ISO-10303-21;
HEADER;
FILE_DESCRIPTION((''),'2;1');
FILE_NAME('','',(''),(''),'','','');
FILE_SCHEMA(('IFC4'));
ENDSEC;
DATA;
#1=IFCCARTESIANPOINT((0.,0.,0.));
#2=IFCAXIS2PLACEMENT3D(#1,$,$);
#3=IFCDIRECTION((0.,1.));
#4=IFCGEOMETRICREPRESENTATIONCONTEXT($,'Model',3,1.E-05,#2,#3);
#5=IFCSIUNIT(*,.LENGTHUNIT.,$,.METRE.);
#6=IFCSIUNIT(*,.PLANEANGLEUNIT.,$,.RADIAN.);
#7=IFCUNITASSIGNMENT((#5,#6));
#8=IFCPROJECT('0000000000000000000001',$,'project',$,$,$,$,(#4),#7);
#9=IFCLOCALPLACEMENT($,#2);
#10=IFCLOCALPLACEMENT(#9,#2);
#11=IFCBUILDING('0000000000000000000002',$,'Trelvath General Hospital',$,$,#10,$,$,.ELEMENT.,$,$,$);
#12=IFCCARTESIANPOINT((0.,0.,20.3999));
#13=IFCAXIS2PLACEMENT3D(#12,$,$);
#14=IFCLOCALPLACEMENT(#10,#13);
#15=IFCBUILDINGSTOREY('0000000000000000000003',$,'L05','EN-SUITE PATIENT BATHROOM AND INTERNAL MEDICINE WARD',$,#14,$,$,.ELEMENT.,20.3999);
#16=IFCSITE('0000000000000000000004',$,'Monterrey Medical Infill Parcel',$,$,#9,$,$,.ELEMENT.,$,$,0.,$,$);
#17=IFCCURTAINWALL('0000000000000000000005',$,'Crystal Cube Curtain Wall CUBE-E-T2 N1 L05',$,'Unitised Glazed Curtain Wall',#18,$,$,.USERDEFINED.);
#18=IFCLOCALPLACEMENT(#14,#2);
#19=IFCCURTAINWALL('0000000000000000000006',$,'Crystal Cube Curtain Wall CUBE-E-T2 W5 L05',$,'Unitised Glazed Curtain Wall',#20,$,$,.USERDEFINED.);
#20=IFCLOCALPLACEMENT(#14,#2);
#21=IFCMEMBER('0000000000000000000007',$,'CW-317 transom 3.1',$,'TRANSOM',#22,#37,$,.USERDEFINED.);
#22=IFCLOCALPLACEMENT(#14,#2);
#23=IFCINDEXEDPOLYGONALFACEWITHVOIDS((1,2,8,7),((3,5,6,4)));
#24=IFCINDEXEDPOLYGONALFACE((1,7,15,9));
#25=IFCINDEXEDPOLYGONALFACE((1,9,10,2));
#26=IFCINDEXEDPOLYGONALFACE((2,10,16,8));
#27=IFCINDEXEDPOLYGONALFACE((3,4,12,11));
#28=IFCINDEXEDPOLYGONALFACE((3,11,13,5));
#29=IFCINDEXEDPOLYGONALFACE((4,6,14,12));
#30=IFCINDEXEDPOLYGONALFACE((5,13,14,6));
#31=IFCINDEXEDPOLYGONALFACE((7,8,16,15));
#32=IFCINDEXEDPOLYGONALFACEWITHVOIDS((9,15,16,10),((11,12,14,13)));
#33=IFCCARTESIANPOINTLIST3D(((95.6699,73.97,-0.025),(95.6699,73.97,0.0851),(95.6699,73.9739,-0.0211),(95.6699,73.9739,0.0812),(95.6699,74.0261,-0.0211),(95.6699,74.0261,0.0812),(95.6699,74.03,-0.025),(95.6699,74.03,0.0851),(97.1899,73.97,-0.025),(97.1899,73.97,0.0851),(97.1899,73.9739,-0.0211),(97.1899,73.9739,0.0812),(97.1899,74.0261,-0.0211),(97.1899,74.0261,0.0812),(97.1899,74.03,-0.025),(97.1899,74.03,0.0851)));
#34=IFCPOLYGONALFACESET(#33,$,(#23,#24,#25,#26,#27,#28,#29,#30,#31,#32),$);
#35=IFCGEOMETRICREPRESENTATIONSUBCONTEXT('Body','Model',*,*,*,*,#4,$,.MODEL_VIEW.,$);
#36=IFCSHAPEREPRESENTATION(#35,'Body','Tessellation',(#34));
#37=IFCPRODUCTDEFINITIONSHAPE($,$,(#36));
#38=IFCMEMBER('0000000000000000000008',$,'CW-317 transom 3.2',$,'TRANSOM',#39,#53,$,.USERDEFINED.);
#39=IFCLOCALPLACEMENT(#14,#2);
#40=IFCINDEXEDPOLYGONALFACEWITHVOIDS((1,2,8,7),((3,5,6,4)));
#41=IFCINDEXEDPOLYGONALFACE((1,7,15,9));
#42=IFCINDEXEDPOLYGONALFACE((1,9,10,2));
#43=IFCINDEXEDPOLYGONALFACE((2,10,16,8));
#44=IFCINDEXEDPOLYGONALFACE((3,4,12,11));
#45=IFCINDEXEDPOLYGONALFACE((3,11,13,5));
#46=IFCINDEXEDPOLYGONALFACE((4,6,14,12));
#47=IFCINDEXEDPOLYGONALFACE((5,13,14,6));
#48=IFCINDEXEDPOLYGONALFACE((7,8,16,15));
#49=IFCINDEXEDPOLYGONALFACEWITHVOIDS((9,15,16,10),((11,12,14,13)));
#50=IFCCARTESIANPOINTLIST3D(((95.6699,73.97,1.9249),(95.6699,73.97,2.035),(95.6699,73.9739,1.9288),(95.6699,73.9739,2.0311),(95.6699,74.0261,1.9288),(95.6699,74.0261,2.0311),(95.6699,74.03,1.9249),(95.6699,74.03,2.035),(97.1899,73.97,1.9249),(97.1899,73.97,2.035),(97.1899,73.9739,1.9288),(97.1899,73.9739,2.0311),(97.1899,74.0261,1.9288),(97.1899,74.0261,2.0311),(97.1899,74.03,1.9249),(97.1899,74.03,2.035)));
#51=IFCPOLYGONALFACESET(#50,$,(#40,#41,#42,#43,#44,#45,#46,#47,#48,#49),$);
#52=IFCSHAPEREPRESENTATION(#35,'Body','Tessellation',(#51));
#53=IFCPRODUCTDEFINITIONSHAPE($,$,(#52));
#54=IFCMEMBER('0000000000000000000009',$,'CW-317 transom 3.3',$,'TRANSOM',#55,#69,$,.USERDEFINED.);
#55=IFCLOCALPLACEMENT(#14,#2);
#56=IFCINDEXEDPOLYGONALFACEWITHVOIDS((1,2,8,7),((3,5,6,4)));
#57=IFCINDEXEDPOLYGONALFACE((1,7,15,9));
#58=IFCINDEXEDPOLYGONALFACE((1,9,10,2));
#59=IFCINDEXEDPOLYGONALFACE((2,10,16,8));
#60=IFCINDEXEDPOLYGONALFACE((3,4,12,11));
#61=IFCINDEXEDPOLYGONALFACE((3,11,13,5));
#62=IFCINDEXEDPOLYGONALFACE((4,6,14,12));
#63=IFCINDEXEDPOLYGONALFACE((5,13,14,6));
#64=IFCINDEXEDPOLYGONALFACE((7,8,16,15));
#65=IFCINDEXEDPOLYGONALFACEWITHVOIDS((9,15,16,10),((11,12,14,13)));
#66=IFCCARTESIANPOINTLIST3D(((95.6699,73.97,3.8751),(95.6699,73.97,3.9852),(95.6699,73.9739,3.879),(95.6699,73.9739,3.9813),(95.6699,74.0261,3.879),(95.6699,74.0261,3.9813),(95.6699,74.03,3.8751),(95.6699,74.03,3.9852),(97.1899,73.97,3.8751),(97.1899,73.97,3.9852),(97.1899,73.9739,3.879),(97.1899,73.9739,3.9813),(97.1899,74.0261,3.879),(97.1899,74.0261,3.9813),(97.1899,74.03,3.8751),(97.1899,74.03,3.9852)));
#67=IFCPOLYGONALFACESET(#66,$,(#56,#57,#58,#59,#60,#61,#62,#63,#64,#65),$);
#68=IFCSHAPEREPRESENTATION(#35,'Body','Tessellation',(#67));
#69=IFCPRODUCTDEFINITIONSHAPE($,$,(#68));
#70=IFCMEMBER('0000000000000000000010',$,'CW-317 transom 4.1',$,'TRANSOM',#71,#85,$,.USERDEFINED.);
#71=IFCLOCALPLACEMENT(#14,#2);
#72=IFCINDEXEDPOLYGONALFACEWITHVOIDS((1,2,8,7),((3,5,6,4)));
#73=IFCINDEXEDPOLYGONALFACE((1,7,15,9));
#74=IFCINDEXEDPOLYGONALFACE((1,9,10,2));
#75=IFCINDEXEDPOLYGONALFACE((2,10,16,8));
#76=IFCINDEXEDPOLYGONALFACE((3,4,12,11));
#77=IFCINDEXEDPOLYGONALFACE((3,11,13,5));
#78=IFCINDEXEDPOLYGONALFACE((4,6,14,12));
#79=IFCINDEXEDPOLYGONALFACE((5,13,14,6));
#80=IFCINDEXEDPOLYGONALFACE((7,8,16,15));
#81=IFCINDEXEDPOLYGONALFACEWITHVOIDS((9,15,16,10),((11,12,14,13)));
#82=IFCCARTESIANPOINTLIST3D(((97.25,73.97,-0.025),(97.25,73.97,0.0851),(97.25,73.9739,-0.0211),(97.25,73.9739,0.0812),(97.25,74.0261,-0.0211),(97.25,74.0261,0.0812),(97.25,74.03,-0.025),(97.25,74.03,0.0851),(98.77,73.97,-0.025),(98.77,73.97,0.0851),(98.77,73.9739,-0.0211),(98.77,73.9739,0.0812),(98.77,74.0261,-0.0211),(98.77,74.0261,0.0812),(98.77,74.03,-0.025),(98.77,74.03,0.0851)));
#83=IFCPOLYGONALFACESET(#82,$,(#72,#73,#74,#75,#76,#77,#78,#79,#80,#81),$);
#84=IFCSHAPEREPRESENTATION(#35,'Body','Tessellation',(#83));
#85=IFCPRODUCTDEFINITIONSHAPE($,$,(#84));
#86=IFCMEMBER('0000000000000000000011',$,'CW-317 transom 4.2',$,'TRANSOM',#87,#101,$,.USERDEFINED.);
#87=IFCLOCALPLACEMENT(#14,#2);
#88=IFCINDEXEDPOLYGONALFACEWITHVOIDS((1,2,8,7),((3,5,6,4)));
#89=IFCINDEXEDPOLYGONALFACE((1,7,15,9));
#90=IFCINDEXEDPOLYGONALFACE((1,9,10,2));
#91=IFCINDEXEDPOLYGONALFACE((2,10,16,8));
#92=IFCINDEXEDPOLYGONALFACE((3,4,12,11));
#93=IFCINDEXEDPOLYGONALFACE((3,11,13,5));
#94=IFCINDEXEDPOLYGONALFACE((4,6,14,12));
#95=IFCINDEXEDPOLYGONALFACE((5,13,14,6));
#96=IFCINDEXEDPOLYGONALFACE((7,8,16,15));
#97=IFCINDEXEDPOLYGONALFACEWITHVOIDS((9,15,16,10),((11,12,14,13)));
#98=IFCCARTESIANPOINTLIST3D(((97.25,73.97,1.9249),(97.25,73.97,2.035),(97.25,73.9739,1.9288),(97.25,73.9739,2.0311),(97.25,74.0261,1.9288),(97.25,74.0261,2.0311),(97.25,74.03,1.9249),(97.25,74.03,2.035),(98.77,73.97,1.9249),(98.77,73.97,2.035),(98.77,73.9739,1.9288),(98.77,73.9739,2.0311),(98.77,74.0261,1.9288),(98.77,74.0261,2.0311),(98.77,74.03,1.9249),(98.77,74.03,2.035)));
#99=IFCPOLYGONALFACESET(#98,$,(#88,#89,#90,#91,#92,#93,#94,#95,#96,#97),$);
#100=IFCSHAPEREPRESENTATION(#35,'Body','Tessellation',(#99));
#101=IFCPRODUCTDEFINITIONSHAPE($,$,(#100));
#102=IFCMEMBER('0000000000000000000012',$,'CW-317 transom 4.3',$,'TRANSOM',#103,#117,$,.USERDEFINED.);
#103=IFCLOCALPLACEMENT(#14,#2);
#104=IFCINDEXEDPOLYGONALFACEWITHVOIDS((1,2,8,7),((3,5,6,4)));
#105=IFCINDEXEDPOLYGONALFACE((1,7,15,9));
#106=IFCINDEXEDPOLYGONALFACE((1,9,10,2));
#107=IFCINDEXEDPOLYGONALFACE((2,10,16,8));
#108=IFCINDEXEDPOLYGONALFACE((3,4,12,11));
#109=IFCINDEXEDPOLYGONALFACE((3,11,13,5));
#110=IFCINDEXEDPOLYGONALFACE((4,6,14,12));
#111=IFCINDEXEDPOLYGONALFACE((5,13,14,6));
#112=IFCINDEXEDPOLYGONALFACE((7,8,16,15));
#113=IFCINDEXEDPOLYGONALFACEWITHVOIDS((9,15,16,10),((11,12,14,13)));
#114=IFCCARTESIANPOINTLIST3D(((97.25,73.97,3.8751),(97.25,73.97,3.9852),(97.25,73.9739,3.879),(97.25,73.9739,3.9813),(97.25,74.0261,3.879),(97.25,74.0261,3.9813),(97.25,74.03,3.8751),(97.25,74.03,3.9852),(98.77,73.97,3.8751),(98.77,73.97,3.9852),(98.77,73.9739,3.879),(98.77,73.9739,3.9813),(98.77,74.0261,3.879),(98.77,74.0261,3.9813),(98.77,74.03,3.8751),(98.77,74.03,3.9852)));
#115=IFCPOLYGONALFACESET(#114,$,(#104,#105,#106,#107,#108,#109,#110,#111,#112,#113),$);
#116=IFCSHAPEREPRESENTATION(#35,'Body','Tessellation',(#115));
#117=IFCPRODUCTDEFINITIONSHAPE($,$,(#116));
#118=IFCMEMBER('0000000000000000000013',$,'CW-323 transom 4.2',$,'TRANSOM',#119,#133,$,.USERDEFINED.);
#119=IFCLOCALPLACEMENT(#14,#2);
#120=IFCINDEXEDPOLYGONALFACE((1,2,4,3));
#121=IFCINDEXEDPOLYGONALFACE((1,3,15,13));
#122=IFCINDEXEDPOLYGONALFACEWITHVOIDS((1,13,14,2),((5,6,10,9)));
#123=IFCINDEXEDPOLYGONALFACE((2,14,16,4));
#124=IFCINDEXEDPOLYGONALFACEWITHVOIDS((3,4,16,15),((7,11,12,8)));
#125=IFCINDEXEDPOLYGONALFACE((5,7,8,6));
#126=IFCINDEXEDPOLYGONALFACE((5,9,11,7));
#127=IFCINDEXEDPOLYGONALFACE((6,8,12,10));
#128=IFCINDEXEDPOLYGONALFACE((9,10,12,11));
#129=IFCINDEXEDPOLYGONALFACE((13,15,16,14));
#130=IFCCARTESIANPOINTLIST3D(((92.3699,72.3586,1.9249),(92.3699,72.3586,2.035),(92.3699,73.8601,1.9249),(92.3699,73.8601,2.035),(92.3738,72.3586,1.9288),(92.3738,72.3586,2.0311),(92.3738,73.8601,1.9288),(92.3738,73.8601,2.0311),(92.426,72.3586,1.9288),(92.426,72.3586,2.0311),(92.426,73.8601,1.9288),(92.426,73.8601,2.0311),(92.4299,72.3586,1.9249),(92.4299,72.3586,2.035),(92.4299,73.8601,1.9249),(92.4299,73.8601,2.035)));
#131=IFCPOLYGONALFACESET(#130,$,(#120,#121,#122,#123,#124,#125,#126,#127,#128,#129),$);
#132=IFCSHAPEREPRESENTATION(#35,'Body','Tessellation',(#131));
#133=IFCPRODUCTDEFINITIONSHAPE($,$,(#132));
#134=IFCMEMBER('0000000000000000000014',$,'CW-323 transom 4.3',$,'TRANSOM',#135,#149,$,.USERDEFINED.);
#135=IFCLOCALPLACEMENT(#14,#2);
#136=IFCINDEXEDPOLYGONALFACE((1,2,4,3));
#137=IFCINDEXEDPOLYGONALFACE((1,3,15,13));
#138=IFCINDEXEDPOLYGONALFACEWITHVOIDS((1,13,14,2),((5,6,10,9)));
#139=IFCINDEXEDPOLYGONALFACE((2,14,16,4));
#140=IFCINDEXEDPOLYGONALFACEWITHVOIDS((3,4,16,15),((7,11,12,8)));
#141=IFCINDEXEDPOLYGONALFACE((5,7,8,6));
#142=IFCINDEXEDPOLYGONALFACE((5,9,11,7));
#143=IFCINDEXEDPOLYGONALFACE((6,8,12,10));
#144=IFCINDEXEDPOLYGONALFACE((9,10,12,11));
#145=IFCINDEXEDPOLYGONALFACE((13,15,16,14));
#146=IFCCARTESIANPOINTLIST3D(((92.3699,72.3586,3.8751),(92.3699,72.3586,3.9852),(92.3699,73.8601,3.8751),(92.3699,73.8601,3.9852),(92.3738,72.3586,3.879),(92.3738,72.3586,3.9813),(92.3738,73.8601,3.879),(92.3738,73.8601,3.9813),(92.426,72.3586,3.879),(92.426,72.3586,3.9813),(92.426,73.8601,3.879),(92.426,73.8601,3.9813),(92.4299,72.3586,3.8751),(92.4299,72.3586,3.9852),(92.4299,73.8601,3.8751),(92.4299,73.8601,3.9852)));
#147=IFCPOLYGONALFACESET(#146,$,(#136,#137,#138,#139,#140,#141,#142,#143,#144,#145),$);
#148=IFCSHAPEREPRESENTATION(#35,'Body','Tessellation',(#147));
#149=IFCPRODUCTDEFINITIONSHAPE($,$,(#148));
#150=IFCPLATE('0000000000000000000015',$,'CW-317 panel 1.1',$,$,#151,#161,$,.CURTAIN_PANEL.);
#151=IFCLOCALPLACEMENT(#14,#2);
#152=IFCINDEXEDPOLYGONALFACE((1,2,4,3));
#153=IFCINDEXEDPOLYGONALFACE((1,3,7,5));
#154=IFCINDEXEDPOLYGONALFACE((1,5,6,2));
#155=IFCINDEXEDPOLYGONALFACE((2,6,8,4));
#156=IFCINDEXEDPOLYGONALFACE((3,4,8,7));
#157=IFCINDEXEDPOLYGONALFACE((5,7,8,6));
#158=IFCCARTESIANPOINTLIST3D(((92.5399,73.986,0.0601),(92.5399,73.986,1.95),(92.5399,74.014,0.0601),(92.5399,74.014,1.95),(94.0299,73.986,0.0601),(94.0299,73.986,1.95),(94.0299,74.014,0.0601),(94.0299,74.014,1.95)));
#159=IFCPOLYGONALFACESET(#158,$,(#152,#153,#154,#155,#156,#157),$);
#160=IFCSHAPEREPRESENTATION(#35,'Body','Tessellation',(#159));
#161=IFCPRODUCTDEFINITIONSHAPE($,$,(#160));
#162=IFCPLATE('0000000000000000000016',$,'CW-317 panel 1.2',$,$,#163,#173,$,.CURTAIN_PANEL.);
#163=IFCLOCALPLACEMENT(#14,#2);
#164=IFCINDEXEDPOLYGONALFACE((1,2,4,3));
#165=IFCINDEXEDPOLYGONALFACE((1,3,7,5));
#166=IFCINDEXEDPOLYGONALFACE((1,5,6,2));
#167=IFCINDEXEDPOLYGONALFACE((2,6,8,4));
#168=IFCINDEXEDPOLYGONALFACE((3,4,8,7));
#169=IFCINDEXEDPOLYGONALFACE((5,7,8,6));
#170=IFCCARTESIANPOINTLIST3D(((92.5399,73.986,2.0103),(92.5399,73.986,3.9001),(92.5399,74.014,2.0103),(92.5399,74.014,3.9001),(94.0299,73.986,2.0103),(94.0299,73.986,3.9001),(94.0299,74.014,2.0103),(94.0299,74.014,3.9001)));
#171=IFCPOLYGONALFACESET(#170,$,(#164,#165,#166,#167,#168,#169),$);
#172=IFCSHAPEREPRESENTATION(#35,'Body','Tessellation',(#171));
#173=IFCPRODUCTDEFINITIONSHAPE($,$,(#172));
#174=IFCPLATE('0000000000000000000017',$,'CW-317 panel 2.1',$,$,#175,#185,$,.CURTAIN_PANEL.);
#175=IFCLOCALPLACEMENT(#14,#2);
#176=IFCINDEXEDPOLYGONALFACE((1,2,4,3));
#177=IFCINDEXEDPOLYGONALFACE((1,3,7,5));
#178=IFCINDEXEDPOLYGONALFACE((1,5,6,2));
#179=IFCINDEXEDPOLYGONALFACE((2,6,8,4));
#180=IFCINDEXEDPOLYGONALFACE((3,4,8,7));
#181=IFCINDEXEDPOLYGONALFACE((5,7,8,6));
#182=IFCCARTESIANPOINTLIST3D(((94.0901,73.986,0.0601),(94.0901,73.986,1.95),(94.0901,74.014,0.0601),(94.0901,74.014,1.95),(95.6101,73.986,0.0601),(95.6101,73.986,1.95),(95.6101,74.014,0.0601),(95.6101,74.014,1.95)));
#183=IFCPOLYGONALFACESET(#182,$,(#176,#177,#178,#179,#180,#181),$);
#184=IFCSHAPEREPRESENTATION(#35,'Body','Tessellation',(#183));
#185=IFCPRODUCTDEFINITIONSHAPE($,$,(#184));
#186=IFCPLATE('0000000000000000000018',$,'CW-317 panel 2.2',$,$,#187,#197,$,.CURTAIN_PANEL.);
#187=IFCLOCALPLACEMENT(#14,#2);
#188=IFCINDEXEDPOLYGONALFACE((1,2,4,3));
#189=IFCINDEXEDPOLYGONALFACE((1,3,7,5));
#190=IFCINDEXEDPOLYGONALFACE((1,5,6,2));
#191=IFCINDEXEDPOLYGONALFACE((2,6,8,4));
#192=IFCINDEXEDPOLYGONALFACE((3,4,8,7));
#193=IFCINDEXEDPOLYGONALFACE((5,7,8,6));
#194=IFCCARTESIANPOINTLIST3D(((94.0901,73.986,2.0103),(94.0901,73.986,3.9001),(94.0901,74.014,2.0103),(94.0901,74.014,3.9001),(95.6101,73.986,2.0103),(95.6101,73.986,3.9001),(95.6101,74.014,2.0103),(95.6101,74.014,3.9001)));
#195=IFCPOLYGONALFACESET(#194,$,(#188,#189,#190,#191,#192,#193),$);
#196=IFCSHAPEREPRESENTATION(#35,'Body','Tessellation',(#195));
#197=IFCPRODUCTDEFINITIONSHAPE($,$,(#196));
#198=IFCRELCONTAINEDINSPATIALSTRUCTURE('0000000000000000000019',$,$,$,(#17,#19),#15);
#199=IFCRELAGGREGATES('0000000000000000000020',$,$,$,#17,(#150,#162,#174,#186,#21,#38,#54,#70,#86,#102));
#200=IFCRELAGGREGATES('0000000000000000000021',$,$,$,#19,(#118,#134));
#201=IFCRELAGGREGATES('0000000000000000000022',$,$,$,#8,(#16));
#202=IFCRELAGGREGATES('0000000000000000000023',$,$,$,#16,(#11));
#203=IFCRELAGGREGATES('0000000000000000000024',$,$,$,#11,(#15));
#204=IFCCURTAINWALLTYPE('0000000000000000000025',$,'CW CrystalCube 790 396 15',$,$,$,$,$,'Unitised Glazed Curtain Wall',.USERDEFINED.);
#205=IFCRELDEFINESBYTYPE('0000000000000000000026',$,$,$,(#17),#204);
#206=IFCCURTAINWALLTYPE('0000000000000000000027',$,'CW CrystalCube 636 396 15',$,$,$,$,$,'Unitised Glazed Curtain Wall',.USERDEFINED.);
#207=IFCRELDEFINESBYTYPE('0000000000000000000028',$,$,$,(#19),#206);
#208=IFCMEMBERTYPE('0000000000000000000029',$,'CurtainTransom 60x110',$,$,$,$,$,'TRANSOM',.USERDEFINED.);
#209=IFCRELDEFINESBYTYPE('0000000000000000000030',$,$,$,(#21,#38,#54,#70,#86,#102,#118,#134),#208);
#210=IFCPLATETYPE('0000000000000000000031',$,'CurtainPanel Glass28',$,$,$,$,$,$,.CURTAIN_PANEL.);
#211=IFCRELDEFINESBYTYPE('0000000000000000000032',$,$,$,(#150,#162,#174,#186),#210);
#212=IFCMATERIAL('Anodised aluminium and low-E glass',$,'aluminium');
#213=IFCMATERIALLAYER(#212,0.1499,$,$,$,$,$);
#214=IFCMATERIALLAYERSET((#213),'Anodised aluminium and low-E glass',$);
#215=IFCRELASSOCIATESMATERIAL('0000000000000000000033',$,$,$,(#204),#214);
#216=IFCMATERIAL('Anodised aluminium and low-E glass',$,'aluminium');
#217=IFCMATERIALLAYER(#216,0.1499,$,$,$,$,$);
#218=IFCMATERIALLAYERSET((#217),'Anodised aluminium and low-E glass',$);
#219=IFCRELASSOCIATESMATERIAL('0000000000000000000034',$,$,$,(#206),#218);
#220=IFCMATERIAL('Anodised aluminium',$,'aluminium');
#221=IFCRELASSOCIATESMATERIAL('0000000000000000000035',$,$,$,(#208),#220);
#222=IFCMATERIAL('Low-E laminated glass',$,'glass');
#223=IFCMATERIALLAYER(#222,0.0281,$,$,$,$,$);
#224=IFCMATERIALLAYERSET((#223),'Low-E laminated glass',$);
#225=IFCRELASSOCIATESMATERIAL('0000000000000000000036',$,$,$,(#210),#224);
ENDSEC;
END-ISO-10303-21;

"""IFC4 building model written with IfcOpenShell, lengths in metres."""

from ifc_helpers import new_model, si_unit, direction, frame, origin, origin_2d, place, context, subcontext, project, spatial, rectangle, hollow_rectangle, extrude, material, layer, layer_set, material_profile, profile_set, type_object, element, aggregate, save


model = new_model("IFC4")

# Units and contexts
model_context = context("Model", 3, precision=1e-05, world=origin(), true_north=direction((0.0, 1.0)))
body_context = subcontext(model_context, "Body", "Model", "MODEL_VIEW")
ifc_project = project(units=[si_unit("LENGTHUNIT", "METRE"), si_unit("PLANEANGLEUNIT", "RADIAN")], contexts=[model_context])

# Site, building, storey
site_placement = place(None, origin())
site = spatial("IfcSite", under=ifc_project, at=site_placement, Name="Monterrey Medical Infill Parcel", CompositionType="ELEMENT", RefElevation=0.0)
building_placement = place(site_placement, origin())
building = spatial("IfcBuilding", under=site, at=building_placement, Name="Trelvath General Hospital", CompositionType="ELEMENT")
storey_placement = place(building_placement, frame((0.0, 0.0, 20.3999)))
storey = spatial("IfcBuildingStorey", under=building, at=storey_placement, Name="L05", Description="EN-SUITE PATIENT BATHROOM AND INTERNAL MEDICINE WARD", CompositionType="ELEMENT", Elevation=20.3999)

# Curtain wall
ifc_material_1 = material(Name="Anodised aluminium and low-E glass", Category="aluminium")
ifc_layer_1 = layer(ifc_material_1, 0.1499)
ifc_layer_set_1 = layer_set([ifc_layer_1], Name="Anodised aluminium and low-E glass")
curtain_wall_type_1 = type_object("IfcCurtainWallType", Name="CW CrystalCube 790 396 15", ElementType="Unitised Glazed Curtain Wall", PredefinedType="USERDEFINED", material=ifc_layer_set_1)
curtain_wall_1_placement = place(storey_placement, origin())
curtain_wall_1 = element("IfcCurtainWall", 1, at=curtain_wall_1_placement, inside=storey, type_object=curtain_wall_type_1, Name="Crystal Cube Curtain Wall CUBE-E-T2 N1 L05", ObjectType="Unitised Glazed Curtain Wall", PredefinedType="USERDEFINED")

# Curtain wall
ifc_material_2 = material(Name="Anodised aluminium and low-E glass", Category="aluminium")
ifc_layer_2 = layer(ifc_material_2, 0.1499)
ifc_layer_set_2 = layer_set([ifc_layer_2], Name="Anodised aluminium and low-E glass")
curtain_wall_type_2 = type_object("IfcCurtainWallType", Name="CW CrystalCube 636 396 15", ElementType="Unitised Glazed Curtain Wall", PredefinedType="USERDEFINED", material=ifc_layer_set_2)
curtain_wall_2_placement = place(storey_placement, origin())
curtain_wall_2 = element("IfcCurtainWall", 2, at=curtain_wall_2_placement, inside=storey, type_object=curtain_wall_type_2, Name="Crystal Cube Curtain Wall CUBE-E-T2 W5 L05", ObjectType="Unitised Glazed Curtain Wall", PredefinedType="USERDEFINED")

# Members
ifc_material_3 = material(Name="Anodised aluminium", Category="aluminium")
ifc_material_profile_1 = material_profile(ifc_material_3, hollow_rectangle(XDim=0.0601, YDim=0.1101, WallThickness=0.0039, at=origin_2d()), Name="RHS60x110x4")
ifc_profile_set_1 = profile_set([ifc_material_profile_1], Name="Anodised aluminium")
member_type_1 = type_object("IfcMemberType", Name="CurtainTransom 60x110", ElementType="TRANSOM", PredefinedType="USERDEFINED", material=ifc_profile_set_1)
member_1_placement = place(storey_placement, frame((95.6699, 74.0, 0.03), z_axis=(1.0, 0.0, 0.0), x_axis=(0.0, 1.0, 0.0)))
member_1 = element("IfcMember", 3, at=member_1_placement, type_object=member_type_1, Name="CW-317 transom 3.1", ObjectType="TRANSOM", PredefinedType="USERDEFINED", context=body_context, shape_type="SweptSolid", body=[
    extrude(hollow_rectangle(XDim=0.0601, YDim=0.1101, WallThickness=0.0039, at=origin_2d()), origin(), (0.0, 0.0, 1.0), 1.52),
])
member_2_placement = place(storey_placement, frame((95.6699, 74.0, 1.98), z_axis=(1.0, 0.0, 0.0), x_axis=(0.0, 1.0, 0.0)))
member_2 = element("IfcMember", 4, at=member_2_placement, type_object=member_type_1, Name="CW-317 transom 3.2", ObjectType="TRANSOM", PredefinedType="USERDEFINED", context=body_context, shape_type="SweptSolid", body=[
    extrude(hollow_rectangle(XDim=0.0601, YDim=0.1101, WallThickness=0.0039, at=origin_2d()), origin(), (0.0, 0.0, 1.0), 1.52),
])
member_3_placement = place(storey_placement, frame((95.6699, 74.0, 3.9302), z_axis=(1.0, 0.0, 0.0), x_axis=(0.0, 1.0, 0.0)))
member_3 = element("IfcMember", 5, at=member_3_placement, type_object=member_type_1, Name="CW-317 transom 3.3", ObjectType="TRANSOM", PredefinedType="USERDEFINED", context=body_context, shape_type="SweptSolid", body=[
    extrude(hollow_rectangle(XDim=0.0601, YDim=0.1101, WallThickness=0.0039, at=origin_2d()), origin(), (0.0, 0.0, 1.0), 1.52),
])
member_4_placement = place(storey_placement, frame((97.25, 74.0, 0.03), z_axis=(1.0, 0.0, 0.0), x_axis=(0.0, 1.0, 0.0)))
member_4 = element("IfcMember", 6, at=member_4_placement, type_object=member_type_1, Name="CW-317 transom 4.1", ObjectType="TRANSOM", PredefinedType="USERDEFINED", context=body_context, shape_type="SweptSolid", body=[
    extrude(hollow_rectangle(XDim=0.0601, YDim=0.1101, WallThickness=0.0039, at=origin_2d()), origin(), (0.0, 0.0, 1.0), 1.52),
])
member_5_placement = place(storey_placement, frame((97.25, 74.0, 1.98), z_axis=(1.0, 0.0, 0.0), x_axis=(0.0, 1.0, 0.0)))
member_5 = element("IfcMember", 7, at=member_5_placement, type_object=member_type_1, Name="CW-317 transom 4.2", ObjectType="TRANSOM", PredefinedType="USERDEFINED", context=body_context, shape_type="SweptSolid", body=[
    extrude(hollow_rectangle(XDim=0.0601, YDim=0.1101, WallThickness=0.0039, at=origin_2d()), origin(), (0.0, 0.0, 1.0), 1.52),
])
member_6_placement = place(storey_placement, frame((97.25, 74.0, 3.9302), z_axis=(1.0, 0.0, 0.0), x_axis=(0.0, 1.0, 0.0)))
member_6 = element("IfcMember", 8, at=member_6_placement, type_object=member_type_1, Name="CW-317 transom 4.3", ObjectType="TRANSOM", PredefinedType="USERDEFINED", context=body_context, shape_type="SweptSolid", body=[
    extrude(hollow_rectangle(XDim=0.0601, YDim=0.1101, WallThickness=0.0039, at=origin_2d()), origin(), (0.0, 0.0, 1.0), 1.52),
])
member_7_placement = place(storey_placement, frame((92.3999, 72.3586, 1.98), z_axis=(0.0, 1.0, 0.0), x_axis=(-1.0, 0.0, 0.0)))
member_7 = element("IfcMember", 9, at=member_7_placement, type_object=member_type_1, Name="CW-323 transom 4.2", ObjectType="TRANSOM", PredefinedType="USERDEFINED", context=body_context, shape_type="SweptSolid", body=[
    extrude(hollow_rectangle(XDim=0.0601, YDim=0.1101, WallThickness=0.0039, at=origin_2d()), origin(), (0.0, 0.0, 1.0), 1.5015),
])
member_8_placement = place(storey_placement, frame((92.3999, 72.3586, 3.9302), z_axis=(0.0, 1.0, 0.0), x_axis=(-1.0, 0.0, 0.0)))
member_8 = element("IfcMember", 10, at=member_8_placement, type_object=member_type_1, Name="CW-323 transom 4.3", ObjectType="TRANSOM", PredefinedType="USERDEFINED", context=body_context, shape_type="SweptSolid", body=[
    extrude(hollow_rectangle(XDim=0.0601, YDim=0.1101, WallThickness=0.0039, at=origin_2d()), origin(), (0.0, 0.0, 1.0), 1.5015),
])

# Plates
ifc_material_4 = material(Name="Low-E laminated glass", Category="glass")
ifc_layer_3 = layer(ifc_material_4, 0.0281)
ifc_layer_set_3 = layer_set([ifc_layer_3], Name="Low-E laminated glass")
plate_type = type_object("IfcPlateType", Name="CurtainPanel Glass28", PredefinedType="CURTAIN_PANEL", material=ifc_layer_set_3)
plate_1_placement = place(storey_placement, frame((93.2849, 74.0, 0.0601), z_axis=(0.0, 0.0, 1.0), x_axis=(1.0, 0.0, 0.0)))
plate_1 = element("IfcPlate", 11, at=plate_1_placement, type_object=plate_type, Name="CW-317 panel 1.1", PredefinedType="CURTAIN_PANEL", context=body_context, shape_type="SweptSolid", body=[
    extrude(rectangle(XDim=1.49, YDim=0.0281, at=origin_2d()), origin(), (0.0, 0.0, 1.0), 1.8899),
])
plate_2_placement = place(storey_placement, frame((93.2849, 74.0, 2.0103), z_axis=(0.0, 0.0, 1.0), x_axis=(1.0, 0.0, 0.0)))
plate_2 = element("IfcPlate", 12, at=plate_2_placement, type_object=plate_type, Name="CW-317 panel 1.2", PredefinedType="CURTAIN_PANEL", context=body_context, shape_type="SweptSolid", body=[
    extrude(rectangle(XDim=1.49, YDim=0.0281, at=origin_2d()), origin(), (0.0, 0.0, 1.0), 1.8899),
])
plate_3_placement = place(storey_placement, frame((94.8501, 74.0, 0.0601), z_axis=(0.0, 0.0, 1.0), x_axis=(1.0, 0.0, 0.0)))
plate_3 = element("IfcPlate", 13, at=plate_3_placement, type_object=plate_type, Name="CW-317 panel 2.1", PredefinedType="CURTAIN_PANEL", context=body_context, shape_type="SweptSolid", body=[
    extrude(rectangle(XDim=1.52, YDim=0.0281, at=origin_2d()), origin(), (0.0, 0.0, 1.0), 1.8899),
])
plate_4_placement = place(storey_placement, frame((94.8501, 74.0, 2.0103), z_axis=(0.0, 0.0, 1.0), x_axis=(1.0, 0.0, 0.0)))
plate_4 = element("IfcPlate", 14, at=plate_4_placement, type_object=plate_type, Name="CW-317 panel 2.2", PredefinedType="CURTAIN_PANEL", context=body_context, shape_type="SweptSolid", body=[
    extrude(rectangle(XDim=1.52, YDim=0.0281, at=origin_2d()), origin(), (0.0, 0.0, 1.0), 1.8899),
])
aggregate(curtain_wall_1, [plate_1, plate_2, plate_3, plate_4, member_1, member_2, member_3, member_4, member_5, member_6])
aggregate(curtain_wall_2, [member_7, member_8])

save(model, "model.ifc")
